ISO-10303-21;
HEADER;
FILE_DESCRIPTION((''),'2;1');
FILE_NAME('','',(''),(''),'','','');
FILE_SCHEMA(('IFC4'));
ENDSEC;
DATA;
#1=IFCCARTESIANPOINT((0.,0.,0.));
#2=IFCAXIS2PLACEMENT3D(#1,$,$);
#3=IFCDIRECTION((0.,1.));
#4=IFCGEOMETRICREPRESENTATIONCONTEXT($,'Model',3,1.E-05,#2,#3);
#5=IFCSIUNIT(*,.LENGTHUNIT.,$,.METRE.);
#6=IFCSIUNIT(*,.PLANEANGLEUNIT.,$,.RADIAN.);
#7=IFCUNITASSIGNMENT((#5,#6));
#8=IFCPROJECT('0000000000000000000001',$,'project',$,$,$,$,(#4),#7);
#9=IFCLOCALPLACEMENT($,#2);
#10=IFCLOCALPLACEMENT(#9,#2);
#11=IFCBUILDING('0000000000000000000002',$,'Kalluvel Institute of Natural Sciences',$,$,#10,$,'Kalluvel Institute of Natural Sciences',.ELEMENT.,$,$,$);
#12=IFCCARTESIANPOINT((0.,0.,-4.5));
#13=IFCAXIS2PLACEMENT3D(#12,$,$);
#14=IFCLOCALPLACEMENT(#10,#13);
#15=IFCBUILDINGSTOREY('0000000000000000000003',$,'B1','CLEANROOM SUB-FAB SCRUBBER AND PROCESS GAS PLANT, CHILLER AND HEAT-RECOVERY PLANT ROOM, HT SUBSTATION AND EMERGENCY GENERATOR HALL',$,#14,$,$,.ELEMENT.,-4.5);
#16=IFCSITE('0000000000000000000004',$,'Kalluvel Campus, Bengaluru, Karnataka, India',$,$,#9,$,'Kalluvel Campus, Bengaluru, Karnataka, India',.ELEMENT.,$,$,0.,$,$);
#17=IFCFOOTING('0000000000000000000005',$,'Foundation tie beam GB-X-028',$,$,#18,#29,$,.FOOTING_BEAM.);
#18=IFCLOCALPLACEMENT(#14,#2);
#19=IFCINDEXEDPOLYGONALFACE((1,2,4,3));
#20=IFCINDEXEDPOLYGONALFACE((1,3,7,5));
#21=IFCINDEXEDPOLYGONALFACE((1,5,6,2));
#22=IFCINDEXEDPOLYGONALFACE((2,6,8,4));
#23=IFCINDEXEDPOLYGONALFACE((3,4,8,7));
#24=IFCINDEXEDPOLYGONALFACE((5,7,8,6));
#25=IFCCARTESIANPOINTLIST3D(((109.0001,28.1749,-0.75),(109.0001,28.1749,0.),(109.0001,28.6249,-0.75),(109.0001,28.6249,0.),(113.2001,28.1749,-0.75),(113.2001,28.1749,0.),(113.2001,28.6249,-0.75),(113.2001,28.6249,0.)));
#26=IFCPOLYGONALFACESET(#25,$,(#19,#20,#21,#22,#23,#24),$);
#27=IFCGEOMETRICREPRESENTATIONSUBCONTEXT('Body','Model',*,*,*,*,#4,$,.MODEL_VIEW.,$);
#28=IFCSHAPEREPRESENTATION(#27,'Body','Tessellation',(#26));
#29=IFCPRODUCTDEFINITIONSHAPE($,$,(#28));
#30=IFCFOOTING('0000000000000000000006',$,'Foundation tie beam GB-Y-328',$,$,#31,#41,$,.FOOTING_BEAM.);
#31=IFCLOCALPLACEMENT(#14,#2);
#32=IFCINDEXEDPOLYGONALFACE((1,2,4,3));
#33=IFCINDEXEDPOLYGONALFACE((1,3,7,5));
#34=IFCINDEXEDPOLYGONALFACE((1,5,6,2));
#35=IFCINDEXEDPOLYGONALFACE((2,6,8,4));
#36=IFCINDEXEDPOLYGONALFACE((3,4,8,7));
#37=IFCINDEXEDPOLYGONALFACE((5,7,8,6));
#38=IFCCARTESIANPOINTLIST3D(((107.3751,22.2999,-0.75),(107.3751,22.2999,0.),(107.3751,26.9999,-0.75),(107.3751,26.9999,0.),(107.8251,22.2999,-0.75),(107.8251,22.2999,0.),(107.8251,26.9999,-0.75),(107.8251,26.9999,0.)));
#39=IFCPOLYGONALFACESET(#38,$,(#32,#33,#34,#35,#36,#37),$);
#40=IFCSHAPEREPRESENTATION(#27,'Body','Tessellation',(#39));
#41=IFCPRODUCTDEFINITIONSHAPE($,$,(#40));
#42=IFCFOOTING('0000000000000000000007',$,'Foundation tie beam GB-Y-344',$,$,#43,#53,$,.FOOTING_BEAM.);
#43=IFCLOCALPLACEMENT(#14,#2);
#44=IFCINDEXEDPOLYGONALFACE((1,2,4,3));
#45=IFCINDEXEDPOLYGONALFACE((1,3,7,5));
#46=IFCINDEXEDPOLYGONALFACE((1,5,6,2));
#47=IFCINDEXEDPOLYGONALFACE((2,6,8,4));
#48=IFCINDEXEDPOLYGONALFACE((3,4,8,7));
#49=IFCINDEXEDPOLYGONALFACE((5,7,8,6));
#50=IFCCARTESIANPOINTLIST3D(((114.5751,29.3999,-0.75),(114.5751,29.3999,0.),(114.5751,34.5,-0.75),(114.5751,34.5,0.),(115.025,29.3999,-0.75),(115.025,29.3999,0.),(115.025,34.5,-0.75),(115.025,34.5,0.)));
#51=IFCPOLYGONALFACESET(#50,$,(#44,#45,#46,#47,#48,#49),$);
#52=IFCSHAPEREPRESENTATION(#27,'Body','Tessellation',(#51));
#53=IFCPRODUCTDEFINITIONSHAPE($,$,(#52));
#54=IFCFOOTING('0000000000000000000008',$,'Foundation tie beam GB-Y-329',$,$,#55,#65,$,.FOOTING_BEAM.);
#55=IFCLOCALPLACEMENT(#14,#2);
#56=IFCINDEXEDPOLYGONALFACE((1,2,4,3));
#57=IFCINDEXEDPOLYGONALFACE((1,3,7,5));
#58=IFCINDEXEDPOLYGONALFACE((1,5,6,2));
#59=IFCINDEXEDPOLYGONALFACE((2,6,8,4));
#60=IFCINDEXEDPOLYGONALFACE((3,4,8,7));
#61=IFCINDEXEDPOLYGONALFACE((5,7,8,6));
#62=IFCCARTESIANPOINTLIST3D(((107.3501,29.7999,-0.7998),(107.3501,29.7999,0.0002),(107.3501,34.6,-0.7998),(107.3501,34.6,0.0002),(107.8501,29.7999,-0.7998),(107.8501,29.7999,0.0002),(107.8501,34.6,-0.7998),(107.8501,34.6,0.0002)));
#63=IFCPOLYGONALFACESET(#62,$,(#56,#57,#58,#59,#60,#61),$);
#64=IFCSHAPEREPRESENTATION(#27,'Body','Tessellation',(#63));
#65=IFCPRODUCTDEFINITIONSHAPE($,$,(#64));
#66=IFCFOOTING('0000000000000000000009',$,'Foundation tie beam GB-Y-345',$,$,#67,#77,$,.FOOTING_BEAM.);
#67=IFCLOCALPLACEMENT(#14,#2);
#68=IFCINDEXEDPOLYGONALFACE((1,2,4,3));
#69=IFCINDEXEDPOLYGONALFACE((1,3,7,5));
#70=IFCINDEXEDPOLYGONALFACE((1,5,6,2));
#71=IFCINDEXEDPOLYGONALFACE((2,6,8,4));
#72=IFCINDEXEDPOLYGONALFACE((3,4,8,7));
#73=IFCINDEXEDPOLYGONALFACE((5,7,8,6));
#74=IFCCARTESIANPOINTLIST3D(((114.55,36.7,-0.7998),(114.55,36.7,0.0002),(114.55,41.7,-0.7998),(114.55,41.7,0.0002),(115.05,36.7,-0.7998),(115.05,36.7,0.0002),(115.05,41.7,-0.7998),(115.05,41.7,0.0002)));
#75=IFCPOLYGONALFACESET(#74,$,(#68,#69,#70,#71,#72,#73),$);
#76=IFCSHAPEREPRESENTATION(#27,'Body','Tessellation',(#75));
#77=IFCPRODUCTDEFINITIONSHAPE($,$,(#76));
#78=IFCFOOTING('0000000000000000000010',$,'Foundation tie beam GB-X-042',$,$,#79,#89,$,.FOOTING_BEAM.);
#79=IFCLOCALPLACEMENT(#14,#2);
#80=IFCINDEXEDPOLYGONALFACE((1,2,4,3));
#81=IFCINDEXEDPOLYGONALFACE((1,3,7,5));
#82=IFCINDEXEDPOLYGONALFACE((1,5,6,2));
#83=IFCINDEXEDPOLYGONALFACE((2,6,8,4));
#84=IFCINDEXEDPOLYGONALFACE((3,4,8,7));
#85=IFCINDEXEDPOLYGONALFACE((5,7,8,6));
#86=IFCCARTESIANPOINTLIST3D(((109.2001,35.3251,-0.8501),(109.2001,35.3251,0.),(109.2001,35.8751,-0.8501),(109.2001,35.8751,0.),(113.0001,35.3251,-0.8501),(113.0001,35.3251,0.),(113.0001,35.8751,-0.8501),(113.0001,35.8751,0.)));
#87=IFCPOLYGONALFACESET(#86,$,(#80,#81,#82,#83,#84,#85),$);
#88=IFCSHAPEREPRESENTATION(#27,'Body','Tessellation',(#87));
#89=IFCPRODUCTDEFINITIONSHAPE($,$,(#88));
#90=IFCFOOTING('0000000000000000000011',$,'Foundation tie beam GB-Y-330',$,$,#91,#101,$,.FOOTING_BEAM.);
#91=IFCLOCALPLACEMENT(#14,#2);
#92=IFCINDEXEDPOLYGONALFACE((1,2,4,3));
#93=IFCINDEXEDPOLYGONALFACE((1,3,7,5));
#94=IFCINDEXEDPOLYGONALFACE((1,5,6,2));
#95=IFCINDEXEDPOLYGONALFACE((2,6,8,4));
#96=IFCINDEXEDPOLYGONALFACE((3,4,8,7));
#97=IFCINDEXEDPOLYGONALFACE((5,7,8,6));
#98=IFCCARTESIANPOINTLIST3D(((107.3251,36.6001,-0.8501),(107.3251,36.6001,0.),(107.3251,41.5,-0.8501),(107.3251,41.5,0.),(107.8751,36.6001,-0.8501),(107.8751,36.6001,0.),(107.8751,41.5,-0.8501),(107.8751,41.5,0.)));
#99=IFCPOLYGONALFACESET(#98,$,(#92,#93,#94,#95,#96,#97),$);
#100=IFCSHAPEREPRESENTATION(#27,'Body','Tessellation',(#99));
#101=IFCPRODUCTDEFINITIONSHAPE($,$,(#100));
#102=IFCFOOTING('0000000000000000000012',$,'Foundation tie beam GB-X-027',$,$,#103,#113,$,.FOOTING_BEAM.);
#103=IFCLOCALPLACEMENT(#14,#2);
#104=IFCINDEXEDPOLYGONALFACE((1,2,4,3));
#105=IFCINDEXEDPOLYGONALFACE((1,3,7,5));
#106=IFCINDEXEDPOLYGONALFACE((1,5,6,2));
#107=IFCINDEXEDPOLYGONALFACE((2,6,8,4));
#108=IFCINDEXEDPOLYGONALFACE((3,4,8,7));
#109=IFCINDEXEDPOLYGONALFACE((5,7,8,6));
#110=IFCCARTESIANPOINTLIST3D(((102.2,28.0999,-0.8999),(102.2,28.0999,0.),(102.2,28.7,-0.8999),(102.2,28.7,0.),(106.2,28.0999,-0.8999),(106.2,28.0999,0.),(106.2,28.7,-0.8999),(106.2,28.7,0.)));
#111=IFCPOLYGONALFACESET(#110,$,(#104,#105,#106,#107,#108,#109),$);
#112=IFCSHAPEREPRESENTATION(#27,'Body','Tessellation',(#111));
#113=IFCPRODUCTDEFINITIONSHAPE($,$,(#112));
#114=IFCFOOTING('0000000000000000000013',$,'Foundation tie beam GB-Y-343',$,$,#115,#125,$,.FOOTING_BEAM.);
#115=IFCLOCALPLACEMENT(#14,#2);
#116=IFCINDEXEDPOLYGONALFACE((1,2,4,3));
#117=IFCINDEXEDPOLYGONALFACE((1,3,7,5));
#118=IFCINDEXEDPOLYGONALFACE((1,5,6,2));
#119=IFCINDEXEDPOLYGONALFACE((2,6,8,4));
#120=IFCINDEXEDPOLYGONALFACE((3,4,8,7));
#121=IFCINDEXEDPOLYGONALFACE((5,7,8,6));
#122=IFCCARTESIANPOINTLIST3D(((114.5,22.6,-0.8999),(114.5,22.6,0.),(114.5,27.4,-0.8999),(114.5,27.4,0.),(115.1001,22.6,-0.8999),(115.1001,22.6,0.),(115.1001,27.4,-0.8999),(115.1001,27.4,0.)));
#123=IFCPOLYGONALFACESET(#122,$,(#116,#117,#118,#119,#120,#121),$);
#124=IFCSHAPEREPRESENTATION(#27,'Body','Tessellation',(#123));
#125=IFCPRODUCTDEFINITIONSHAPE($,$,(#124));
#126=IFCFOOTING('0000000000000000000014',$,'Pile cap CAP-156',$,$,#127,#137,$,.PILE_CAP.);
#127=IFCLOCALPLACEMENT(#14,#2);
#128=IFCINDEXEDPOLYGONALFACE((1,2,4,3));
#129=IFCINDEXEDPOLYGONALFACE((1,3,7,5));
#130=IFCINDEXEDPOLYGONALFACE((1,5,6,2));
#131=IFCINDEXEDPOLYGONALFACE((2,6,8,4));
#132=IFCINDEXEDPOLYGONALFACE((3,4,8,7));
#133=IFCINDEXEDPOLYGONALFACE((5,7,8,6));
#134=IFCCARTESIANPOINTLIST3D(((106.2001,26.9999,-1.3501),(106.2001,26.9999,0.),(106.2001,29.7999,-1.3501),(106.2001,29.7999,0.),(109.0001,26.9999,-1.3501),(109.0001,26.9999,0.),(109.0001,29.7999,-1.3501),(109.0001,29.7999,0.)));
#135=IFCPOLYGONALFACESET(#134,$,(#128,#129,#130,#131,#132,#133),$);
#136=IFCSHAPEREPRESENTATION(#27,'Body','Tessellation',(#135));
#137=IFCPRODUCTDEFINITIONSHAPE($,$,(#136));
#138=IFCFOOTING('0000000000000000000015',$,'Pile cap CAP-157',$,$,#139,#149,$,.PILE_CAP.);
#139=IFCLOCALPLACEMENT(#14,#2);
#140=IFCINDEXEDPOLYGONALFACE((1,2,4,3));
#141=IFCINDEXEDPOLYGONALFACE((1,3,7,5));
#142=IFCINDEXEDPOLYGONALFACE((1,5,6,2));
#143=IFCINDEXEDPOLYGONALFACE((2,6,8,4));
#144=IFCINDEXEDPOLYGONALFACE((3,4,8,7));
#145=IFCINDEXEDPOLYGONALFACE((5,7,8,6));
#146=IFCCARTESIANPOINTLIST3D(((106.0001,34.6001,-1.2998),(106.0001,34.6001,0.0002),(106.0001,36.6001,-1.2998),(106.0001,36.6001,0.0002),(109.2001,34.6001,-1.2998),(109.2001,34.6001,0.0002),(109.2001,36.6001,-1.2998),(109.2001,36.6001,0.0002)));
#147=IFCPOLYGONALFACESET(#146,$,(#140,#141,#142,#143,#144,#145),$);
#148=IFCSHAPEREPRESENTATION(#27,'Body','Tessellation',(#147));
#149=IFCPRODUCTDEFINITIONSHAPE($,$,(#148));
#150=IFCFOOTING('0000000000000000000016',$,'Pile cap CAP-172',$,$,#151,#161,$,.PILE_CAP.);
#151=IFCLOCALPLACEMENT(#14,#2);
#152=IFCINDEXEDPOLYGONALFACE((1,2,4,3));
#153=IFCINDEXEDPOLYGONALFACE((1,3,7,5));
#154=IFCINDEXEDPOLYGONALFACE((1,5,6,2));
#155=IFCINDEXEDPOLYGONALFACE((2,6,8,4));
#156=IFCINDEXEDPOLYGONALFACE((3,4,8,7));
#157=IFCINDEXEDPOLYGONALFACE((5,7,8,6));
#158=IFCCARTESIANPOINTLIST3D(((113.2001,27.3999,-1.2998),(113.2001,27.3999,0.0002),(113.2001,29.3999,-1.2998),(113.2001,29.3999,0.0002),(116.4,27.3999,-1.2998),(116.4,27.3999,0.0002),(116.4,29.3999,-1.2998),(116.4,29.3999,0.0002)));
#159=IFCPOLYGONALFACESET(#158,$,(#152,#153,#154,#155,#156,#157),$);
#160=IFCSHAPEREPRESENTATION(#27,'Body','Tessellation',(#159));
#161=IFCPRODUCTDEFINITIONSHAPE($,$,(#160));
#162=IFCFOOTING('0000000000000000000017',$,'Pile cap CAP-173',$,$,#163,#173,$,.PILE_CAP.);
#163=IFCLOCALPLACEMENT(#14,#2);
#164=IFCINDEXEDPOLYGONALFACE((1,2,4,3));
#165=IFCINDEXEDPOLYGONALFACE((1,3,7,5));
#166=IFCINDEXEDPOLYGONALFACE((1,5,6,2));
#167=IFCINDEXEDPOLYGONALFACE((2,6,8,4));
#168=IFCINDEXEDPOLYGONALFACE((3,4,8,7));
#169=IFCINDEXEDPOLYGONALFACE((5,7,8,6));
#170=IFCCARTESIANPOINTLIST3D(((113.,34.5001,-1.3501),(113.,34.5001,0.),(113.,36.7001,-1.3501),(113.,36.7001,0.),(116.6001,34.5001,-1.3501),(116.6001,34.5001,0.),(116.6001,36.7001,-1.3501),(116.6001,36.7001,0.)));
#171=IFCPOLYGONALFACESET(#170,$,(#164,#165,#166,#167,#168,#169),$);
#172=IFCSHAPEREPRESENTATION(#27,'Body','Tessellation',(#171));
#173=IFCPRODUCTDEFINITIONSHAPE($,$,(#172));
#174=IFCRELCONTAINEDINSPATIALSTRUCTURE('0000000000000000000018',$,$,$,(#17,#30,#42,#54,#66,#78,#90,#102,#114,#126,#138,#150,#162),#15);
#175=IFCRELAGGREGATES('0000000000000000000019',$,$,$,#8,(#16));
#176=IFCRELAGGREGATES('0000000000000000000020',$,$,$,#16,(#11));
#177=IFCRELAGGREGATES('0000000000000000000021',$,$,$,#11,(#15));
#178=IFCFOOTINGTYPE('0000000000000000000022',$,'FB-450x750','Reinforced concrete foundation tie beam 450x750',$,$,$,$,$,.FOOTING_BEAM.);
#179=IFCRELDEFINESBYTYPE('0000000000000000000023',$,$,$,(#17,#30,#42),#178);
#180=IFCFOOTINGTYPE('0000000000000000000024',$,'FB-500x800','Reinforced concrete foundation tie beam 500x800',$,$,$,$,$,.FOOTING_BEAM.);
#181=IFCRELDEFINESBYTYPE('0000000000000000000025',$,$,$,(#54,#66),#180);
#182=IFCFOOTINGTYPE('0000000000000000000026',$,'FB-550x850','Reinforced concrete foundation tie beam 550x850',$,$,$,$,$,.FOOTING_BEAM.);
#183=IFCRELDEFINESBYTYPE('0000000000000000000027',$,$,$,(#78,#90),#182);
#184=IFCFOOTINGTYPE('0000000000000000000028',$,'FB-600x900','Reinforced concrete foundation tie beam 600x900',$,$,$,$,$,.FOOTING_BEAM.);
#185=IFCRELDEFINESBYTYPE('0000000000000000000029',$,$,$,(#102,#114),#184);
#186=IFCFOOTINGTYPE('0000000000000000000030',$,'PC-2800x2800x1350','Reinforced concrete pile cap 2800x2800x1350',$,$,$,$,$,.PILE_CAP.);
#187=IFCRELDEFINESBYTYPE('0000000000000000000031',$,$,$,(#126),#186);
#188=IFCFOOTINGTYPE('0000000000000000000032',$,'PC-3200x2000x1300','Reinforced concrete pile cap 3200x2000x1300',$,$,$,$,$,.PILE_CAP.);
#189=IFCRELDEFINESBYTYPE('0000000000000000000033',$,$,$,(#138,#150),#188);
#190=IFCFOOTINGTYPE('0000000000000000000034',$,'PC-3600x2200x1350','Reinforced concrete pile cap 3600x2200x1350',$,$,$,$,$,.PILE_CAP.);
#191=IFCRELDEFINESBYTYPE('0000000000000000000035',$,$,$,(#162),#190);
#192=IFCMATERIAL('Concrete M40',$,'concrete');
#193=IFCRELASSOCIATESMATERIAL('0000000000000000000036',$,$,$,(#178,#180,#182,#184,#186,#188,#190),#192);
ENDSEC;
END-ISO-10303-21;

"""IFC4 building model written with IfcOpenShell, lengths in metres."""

from ifc_helpers import new_model, si_unit, direction, frame, origin, origin_2d, place, context, subcontext, project, spatial, rectangle, extrude, material, type_object, element, save


model = new_model("IFC4")

# Units and contexts
model_context = context("Model", 3, precision=1e-05, world=origin(), true_north=direction((0.0, 1.0)))
body_context = subcontext(model_context, "Body", "Model", "MODEL_VIEW")
ifc_project = project(units=[si_unit("LENGTHUNIT", "METRE"), si_unit("PLANEANGLEUNIT", "RADIAN")], contexts=[model_context])

# Site, building, storey
site_placement = place(None, origin())
site = spatial("IfcSite", under=ifc_project, at=site_placement, Name="Kalluvel Campus, Bengaluru, Karnataka, India", LongName="Kalluvel Campus, Bengaluru, Karnataka, India", CompositionType="ELEMENT", RefElevation=0.0)
building_placement = place(site_placement, origin())
building = spatial("IfcBuilding", under=site, at=building_placement, Name="Kalluvel Institute of Natural Sciences", LongName="Kalluvel Institute of Natural Sciences", CompositionType="ELEMENT")
storey_placement = place(building_placement, frame((0.0, 0.0, -4.5)))
storey = spatial("IfcBuildingStorey", under=building, at=storey_placement, Name="B1", Description="CLEANROOM SUB-FAB SCRUBBER AND PROCESS GAS PLANT, CHILLER AND HEAT-RECOVERY PLANT ROOM, HT SUBSTATION AND EMERGENCY GENERATOR HALL", CompositionType="ELEMENT", Elevation=-4.5)

# Footings
ifc_material_1 = material(Name="Concrete M40", Category="concrete")
footing_type_1 = type_object("IfcFootingType", Name="FB-450x750", Description="Reinforced concrete foundation tie beam 450x750", PredefinedType="FOOTING_BEAM", material=ifc_material_1)
footing_1_placement = place(storey_placement, frame((111.1001, 28.3999, -0.75), z_axis=(0.0, 0.0, 1.0), x_axis=(1.0, 0.0, 0.0)))
element("IfcFooting", 1, at=footing_1_placement, inside=storey, type_object=footing_type_1, Name="Foundation tie beam GB-X-028", PredefinedType="FOOTING_BEAM", context=body_context, shape_type="SweptSolid", body=[
    extrude(rectangle(XDim=4.2, YDim=0.45, at=origin_2d()), origin(), (0.0, 0.0, 1.0), 0.75),
])
footing_2_placement = place(storey_placement, frame((107.6001, 24.6499, -0.75), z_axis=(0.0, 0.0, 1.0), x_axis=(1.0, 0.0, 0.0)))
element("IfcFooting", 2, at=footing_2_placement, inside=storey, type_object=footing_type_1, Name="Foundation tie beam GB-Y-328", PredefinedType="FOOTING_BEAM", context=body_context, shape_type="SweptSolid", body=[
    extrude(rectangle(XDim=0.45, YDim=4.7, at=origin_2d()), origin(), (0.0, 0.0, 1.0), 0.75),
])
footing_3_placement = place(storey_placement, frame((114.8, 31.95, -0.75), z_axis=(0.0, 0.0, 1.0), x_axis=(1.0, 0.0, 0.0)))
element("IfcFooting", 3, at=footing_3_placement, inside=storey, type_object=footing_type_1, Name="Foundation tie beam GB-Y-344", PredefinedType="FOOTING_BEAM", context=body_context, shape_type="SweptSolid", body=[
    extrude(rectangle(XDim=0.45, YDim=5.1001, at=origin_2d()), origin(), (0.0, 0.0, 1.0), 0.75),
])
footing_type_2 = type_object("IfcFootingType", Name="FB-500x800", Description="Reinforced concrete foundation tie beam 500x800", PredefinedType="FOOTING_BEAM", material=ifc_material_1)
footing_4_placement = place(storey_placement, frame((107.6001, 32.2, -0.7998), z_axis=(0.0, 0.0, 1.0), x_axis=(1.0, 0.0, 0.0)))
element("IfcFooting", 4, at=footing_4_placement, inside=storey, type_object=footing_type_2, Name="Foundation tie beam GB-Y-329", PredefinedType="FOOTING_BEAM", context=body_context, shape_type="SweptSolid", body=[
    extrude(rectangle(XDim=0.5, YDim=4.8, at=origin_2d()), origin(), (0.0, 0.0, 1.0), 0.8),
])
footing_5_placement = place(storey_placement, frame((114.8, 39.2, -0.7998), z_axis=(0.0, 0.0, 1.0), x_axis=(1.0, 0.0, 0.0)))
element("IfcFooting", 5, at=footing_5_placement, inside=storey, type_object=footing_type_2, Name="Foundation tie beam GB-Y-345", PredefinedType="FOOTING_BEAM", context=body_context, shape_type="SweptSolid", body=[
    extrude(rectangle(XDim=0.5, YDim=5.0, at=origin_2d()), origin(), (0.0, 0.0, 1.0), 0.8),
])
footing_type_3 = type_object("IfcFootingType", Name="FB-550x850", Description="Reinforced concrete foundation tie beam 550x850", PredefinedType="FOOTING_BEAM", material=ifc_material_1)
footing_6_placement = place(storey_placement, frame((111.1001, 35.6001, -0.8501), z_axis=(0.0, 0.0, 1.0), x_axis=(1.0, 0.0, 0.0)))
element("IfcFooting", 6, at=footing_6_placement, inside=storey, type_object=footing_type_3, Name="Foundation tie beam GB-X-042", PredefinedType="FOOTING_BEAM", context=body_context, shape_type="SweptSolid", body=[
    extrude(rectangle(XDim=3.8, YDim=0.55, at=origin_2d()), origin(), (0.0, 0.0, 1.0), 0.8501),
])
footing_7_placement = place(storey_placement, frame((107.6001, 39.05, -0.8501), z_axis=(0.0, 0.0, 1.0), x_axis=(1.0, 0.0, 0.0)))
element("IfcFooting", 7, at=footing_7_placement, inside=storey, type_object=footing_type_3, Name="Foundation tie beam GB-Y-330", PredefinedType="FOOTING_BEAM", context=body_context, shape_type="SweptSolid", body=[
    extrude(rectangle(XDim=0.55, YDim=4.8999, at=origin_2d()), origin(), (0.0, 0.0, 1.0), 0.8501),
])
footing_type_4 = type_object("IfcFootingType", Name="FB-600x900", Description="Reinforced concrete foundation tie beam 600x900", PredefinedType="FOOTING_BEAM", material=ifc_material_1)
footing_8_placement = place(storey_placement, frame((104.2, 28.3999, -0.8999), z_axis=(0.0, 0.0, 1.0), x_axis=(1.0, 0.0, 0.0)))
element("IfcFooting", 8, at=footing_8_placement, inside=storey, type_object=footing_type_4, Name="Foundation tie beam GB-X-027", PredefinedType="FOOTING_BEAM", context=body_context, shape_type="SweptSolid", body=[
    extrude(rectangle(XDim=4.0, YDim=0.6001, at=origin_2d()), origin(), (0.0, 0.0, 1.0), 0.8999),
])
footing_9_placement = place(storey_placement, frame((114.8, 25.0, -0.8999), z_axis=(0.0, 0.0, 1.0), x_axis=(1.0, 0.0, 0.0)))
element("IfcFooting", 9, at=footing_9_placement, inside=storey, type_object=footing_type_4, Name="Foundation tie beam GB-Y-343", PredefinedType="FOOTING_BEAM", context=body_context, shape_type="SweptSolid", body=[
    extrude(rectangle(XDim=0.6001, YDim=4.8, at=origin_2d()), origin(), (0.0, 0.0, 1.0), 0.8999),
])
footing_type_5 = type_object("IfcFootingType", Name="PC-2800x2800x1350", Description="Reinforced concrete pile cap 2800x2800x1350", PredefinedType="PILE_CAP", material=ifc_material_1)
footing_10_placement = place(storey_placement, frame((107.6001, 28.3999, -1.3501), z_axis=(0.0, 0.0, 1.0), x_axis=(1.0, 0.0, 0.0)))
element("IfcFooting", 10, at=footing_10_placement, inside=storey, type_object=footing_type_5, Name="Pile cap CAP-156", PredefinedType="PILE_CAP", context=body_context, shape_type="SweptSolid", body=[
    extrude(rectangle(XDim=2.8, YDim=2.8, at=origin_2d()), origin(), (0.0, 0.0, 1.0), 1.3501),
])
footing_type_6 = type_object("IfcFootingType", Name="PC-3200x2000x1300", Description="Reinforced concrete pile cap 3200x2000x1300", PredefinedType="PILE_CAP", material=ifc_material_1)
for number, where, z_axis, x_axis, name in (
    (11, (107.6001, 35.6001, -1.2998), (0.0, 0.0, 1.0), (1.0, 0.0, 0.0), "Pile cap CAP-157"),
    (12, (114.8, 28.3999, -1.2998), (0.0, 0.0, 1.0), (1.0, 0.0, 0.0), "Pile cap CAP-172"),
):
    element("IfcFooting", number, at=place(storey_placement, frame(where, z_axis=z_axis, x_axis=x_axis)), inside=storey, type_object=footing_type_6, Name=name, PredefinedType="PILE_CAP", context=body_context, shape_type="SweptSolid", body=[
        extrude(rectangle(XDim=3.2, YDim=2.0, at=origin_2d()), origin(), (0.0, 0.0, 1.0), 1.3),
    ])
footing_type_7 = type_object("IfcFootingType", Name="PC-3600x2200x1350", Description="Reinforced concrete pile cap 3600x2200x1350", PredefinedType="PILE_CAP", material=ifc_material_1)
footing_11_placement = place(storey_placement, frame((114.8, 35.6001, -1.3501), z_axis=(0.0, 0.0, 1.0), x_axis=(1.0, 0.0, 0.0)))
element("IfcFooting", 13, at=footing_11_placement, inside=storey, type_object=footing_type_7, Name="Pile cap CAP-173", PredefinedType="PILE_CAP", context=body_context, shape_type="SweptSolid", body=[
    extrude(rectangle(XDim=3.6001, YDim=2.2, at=origin_2d()), origin(), (0.0, 0.0, 1.0), 1.3501),
])

save(model, "model.ifc")
